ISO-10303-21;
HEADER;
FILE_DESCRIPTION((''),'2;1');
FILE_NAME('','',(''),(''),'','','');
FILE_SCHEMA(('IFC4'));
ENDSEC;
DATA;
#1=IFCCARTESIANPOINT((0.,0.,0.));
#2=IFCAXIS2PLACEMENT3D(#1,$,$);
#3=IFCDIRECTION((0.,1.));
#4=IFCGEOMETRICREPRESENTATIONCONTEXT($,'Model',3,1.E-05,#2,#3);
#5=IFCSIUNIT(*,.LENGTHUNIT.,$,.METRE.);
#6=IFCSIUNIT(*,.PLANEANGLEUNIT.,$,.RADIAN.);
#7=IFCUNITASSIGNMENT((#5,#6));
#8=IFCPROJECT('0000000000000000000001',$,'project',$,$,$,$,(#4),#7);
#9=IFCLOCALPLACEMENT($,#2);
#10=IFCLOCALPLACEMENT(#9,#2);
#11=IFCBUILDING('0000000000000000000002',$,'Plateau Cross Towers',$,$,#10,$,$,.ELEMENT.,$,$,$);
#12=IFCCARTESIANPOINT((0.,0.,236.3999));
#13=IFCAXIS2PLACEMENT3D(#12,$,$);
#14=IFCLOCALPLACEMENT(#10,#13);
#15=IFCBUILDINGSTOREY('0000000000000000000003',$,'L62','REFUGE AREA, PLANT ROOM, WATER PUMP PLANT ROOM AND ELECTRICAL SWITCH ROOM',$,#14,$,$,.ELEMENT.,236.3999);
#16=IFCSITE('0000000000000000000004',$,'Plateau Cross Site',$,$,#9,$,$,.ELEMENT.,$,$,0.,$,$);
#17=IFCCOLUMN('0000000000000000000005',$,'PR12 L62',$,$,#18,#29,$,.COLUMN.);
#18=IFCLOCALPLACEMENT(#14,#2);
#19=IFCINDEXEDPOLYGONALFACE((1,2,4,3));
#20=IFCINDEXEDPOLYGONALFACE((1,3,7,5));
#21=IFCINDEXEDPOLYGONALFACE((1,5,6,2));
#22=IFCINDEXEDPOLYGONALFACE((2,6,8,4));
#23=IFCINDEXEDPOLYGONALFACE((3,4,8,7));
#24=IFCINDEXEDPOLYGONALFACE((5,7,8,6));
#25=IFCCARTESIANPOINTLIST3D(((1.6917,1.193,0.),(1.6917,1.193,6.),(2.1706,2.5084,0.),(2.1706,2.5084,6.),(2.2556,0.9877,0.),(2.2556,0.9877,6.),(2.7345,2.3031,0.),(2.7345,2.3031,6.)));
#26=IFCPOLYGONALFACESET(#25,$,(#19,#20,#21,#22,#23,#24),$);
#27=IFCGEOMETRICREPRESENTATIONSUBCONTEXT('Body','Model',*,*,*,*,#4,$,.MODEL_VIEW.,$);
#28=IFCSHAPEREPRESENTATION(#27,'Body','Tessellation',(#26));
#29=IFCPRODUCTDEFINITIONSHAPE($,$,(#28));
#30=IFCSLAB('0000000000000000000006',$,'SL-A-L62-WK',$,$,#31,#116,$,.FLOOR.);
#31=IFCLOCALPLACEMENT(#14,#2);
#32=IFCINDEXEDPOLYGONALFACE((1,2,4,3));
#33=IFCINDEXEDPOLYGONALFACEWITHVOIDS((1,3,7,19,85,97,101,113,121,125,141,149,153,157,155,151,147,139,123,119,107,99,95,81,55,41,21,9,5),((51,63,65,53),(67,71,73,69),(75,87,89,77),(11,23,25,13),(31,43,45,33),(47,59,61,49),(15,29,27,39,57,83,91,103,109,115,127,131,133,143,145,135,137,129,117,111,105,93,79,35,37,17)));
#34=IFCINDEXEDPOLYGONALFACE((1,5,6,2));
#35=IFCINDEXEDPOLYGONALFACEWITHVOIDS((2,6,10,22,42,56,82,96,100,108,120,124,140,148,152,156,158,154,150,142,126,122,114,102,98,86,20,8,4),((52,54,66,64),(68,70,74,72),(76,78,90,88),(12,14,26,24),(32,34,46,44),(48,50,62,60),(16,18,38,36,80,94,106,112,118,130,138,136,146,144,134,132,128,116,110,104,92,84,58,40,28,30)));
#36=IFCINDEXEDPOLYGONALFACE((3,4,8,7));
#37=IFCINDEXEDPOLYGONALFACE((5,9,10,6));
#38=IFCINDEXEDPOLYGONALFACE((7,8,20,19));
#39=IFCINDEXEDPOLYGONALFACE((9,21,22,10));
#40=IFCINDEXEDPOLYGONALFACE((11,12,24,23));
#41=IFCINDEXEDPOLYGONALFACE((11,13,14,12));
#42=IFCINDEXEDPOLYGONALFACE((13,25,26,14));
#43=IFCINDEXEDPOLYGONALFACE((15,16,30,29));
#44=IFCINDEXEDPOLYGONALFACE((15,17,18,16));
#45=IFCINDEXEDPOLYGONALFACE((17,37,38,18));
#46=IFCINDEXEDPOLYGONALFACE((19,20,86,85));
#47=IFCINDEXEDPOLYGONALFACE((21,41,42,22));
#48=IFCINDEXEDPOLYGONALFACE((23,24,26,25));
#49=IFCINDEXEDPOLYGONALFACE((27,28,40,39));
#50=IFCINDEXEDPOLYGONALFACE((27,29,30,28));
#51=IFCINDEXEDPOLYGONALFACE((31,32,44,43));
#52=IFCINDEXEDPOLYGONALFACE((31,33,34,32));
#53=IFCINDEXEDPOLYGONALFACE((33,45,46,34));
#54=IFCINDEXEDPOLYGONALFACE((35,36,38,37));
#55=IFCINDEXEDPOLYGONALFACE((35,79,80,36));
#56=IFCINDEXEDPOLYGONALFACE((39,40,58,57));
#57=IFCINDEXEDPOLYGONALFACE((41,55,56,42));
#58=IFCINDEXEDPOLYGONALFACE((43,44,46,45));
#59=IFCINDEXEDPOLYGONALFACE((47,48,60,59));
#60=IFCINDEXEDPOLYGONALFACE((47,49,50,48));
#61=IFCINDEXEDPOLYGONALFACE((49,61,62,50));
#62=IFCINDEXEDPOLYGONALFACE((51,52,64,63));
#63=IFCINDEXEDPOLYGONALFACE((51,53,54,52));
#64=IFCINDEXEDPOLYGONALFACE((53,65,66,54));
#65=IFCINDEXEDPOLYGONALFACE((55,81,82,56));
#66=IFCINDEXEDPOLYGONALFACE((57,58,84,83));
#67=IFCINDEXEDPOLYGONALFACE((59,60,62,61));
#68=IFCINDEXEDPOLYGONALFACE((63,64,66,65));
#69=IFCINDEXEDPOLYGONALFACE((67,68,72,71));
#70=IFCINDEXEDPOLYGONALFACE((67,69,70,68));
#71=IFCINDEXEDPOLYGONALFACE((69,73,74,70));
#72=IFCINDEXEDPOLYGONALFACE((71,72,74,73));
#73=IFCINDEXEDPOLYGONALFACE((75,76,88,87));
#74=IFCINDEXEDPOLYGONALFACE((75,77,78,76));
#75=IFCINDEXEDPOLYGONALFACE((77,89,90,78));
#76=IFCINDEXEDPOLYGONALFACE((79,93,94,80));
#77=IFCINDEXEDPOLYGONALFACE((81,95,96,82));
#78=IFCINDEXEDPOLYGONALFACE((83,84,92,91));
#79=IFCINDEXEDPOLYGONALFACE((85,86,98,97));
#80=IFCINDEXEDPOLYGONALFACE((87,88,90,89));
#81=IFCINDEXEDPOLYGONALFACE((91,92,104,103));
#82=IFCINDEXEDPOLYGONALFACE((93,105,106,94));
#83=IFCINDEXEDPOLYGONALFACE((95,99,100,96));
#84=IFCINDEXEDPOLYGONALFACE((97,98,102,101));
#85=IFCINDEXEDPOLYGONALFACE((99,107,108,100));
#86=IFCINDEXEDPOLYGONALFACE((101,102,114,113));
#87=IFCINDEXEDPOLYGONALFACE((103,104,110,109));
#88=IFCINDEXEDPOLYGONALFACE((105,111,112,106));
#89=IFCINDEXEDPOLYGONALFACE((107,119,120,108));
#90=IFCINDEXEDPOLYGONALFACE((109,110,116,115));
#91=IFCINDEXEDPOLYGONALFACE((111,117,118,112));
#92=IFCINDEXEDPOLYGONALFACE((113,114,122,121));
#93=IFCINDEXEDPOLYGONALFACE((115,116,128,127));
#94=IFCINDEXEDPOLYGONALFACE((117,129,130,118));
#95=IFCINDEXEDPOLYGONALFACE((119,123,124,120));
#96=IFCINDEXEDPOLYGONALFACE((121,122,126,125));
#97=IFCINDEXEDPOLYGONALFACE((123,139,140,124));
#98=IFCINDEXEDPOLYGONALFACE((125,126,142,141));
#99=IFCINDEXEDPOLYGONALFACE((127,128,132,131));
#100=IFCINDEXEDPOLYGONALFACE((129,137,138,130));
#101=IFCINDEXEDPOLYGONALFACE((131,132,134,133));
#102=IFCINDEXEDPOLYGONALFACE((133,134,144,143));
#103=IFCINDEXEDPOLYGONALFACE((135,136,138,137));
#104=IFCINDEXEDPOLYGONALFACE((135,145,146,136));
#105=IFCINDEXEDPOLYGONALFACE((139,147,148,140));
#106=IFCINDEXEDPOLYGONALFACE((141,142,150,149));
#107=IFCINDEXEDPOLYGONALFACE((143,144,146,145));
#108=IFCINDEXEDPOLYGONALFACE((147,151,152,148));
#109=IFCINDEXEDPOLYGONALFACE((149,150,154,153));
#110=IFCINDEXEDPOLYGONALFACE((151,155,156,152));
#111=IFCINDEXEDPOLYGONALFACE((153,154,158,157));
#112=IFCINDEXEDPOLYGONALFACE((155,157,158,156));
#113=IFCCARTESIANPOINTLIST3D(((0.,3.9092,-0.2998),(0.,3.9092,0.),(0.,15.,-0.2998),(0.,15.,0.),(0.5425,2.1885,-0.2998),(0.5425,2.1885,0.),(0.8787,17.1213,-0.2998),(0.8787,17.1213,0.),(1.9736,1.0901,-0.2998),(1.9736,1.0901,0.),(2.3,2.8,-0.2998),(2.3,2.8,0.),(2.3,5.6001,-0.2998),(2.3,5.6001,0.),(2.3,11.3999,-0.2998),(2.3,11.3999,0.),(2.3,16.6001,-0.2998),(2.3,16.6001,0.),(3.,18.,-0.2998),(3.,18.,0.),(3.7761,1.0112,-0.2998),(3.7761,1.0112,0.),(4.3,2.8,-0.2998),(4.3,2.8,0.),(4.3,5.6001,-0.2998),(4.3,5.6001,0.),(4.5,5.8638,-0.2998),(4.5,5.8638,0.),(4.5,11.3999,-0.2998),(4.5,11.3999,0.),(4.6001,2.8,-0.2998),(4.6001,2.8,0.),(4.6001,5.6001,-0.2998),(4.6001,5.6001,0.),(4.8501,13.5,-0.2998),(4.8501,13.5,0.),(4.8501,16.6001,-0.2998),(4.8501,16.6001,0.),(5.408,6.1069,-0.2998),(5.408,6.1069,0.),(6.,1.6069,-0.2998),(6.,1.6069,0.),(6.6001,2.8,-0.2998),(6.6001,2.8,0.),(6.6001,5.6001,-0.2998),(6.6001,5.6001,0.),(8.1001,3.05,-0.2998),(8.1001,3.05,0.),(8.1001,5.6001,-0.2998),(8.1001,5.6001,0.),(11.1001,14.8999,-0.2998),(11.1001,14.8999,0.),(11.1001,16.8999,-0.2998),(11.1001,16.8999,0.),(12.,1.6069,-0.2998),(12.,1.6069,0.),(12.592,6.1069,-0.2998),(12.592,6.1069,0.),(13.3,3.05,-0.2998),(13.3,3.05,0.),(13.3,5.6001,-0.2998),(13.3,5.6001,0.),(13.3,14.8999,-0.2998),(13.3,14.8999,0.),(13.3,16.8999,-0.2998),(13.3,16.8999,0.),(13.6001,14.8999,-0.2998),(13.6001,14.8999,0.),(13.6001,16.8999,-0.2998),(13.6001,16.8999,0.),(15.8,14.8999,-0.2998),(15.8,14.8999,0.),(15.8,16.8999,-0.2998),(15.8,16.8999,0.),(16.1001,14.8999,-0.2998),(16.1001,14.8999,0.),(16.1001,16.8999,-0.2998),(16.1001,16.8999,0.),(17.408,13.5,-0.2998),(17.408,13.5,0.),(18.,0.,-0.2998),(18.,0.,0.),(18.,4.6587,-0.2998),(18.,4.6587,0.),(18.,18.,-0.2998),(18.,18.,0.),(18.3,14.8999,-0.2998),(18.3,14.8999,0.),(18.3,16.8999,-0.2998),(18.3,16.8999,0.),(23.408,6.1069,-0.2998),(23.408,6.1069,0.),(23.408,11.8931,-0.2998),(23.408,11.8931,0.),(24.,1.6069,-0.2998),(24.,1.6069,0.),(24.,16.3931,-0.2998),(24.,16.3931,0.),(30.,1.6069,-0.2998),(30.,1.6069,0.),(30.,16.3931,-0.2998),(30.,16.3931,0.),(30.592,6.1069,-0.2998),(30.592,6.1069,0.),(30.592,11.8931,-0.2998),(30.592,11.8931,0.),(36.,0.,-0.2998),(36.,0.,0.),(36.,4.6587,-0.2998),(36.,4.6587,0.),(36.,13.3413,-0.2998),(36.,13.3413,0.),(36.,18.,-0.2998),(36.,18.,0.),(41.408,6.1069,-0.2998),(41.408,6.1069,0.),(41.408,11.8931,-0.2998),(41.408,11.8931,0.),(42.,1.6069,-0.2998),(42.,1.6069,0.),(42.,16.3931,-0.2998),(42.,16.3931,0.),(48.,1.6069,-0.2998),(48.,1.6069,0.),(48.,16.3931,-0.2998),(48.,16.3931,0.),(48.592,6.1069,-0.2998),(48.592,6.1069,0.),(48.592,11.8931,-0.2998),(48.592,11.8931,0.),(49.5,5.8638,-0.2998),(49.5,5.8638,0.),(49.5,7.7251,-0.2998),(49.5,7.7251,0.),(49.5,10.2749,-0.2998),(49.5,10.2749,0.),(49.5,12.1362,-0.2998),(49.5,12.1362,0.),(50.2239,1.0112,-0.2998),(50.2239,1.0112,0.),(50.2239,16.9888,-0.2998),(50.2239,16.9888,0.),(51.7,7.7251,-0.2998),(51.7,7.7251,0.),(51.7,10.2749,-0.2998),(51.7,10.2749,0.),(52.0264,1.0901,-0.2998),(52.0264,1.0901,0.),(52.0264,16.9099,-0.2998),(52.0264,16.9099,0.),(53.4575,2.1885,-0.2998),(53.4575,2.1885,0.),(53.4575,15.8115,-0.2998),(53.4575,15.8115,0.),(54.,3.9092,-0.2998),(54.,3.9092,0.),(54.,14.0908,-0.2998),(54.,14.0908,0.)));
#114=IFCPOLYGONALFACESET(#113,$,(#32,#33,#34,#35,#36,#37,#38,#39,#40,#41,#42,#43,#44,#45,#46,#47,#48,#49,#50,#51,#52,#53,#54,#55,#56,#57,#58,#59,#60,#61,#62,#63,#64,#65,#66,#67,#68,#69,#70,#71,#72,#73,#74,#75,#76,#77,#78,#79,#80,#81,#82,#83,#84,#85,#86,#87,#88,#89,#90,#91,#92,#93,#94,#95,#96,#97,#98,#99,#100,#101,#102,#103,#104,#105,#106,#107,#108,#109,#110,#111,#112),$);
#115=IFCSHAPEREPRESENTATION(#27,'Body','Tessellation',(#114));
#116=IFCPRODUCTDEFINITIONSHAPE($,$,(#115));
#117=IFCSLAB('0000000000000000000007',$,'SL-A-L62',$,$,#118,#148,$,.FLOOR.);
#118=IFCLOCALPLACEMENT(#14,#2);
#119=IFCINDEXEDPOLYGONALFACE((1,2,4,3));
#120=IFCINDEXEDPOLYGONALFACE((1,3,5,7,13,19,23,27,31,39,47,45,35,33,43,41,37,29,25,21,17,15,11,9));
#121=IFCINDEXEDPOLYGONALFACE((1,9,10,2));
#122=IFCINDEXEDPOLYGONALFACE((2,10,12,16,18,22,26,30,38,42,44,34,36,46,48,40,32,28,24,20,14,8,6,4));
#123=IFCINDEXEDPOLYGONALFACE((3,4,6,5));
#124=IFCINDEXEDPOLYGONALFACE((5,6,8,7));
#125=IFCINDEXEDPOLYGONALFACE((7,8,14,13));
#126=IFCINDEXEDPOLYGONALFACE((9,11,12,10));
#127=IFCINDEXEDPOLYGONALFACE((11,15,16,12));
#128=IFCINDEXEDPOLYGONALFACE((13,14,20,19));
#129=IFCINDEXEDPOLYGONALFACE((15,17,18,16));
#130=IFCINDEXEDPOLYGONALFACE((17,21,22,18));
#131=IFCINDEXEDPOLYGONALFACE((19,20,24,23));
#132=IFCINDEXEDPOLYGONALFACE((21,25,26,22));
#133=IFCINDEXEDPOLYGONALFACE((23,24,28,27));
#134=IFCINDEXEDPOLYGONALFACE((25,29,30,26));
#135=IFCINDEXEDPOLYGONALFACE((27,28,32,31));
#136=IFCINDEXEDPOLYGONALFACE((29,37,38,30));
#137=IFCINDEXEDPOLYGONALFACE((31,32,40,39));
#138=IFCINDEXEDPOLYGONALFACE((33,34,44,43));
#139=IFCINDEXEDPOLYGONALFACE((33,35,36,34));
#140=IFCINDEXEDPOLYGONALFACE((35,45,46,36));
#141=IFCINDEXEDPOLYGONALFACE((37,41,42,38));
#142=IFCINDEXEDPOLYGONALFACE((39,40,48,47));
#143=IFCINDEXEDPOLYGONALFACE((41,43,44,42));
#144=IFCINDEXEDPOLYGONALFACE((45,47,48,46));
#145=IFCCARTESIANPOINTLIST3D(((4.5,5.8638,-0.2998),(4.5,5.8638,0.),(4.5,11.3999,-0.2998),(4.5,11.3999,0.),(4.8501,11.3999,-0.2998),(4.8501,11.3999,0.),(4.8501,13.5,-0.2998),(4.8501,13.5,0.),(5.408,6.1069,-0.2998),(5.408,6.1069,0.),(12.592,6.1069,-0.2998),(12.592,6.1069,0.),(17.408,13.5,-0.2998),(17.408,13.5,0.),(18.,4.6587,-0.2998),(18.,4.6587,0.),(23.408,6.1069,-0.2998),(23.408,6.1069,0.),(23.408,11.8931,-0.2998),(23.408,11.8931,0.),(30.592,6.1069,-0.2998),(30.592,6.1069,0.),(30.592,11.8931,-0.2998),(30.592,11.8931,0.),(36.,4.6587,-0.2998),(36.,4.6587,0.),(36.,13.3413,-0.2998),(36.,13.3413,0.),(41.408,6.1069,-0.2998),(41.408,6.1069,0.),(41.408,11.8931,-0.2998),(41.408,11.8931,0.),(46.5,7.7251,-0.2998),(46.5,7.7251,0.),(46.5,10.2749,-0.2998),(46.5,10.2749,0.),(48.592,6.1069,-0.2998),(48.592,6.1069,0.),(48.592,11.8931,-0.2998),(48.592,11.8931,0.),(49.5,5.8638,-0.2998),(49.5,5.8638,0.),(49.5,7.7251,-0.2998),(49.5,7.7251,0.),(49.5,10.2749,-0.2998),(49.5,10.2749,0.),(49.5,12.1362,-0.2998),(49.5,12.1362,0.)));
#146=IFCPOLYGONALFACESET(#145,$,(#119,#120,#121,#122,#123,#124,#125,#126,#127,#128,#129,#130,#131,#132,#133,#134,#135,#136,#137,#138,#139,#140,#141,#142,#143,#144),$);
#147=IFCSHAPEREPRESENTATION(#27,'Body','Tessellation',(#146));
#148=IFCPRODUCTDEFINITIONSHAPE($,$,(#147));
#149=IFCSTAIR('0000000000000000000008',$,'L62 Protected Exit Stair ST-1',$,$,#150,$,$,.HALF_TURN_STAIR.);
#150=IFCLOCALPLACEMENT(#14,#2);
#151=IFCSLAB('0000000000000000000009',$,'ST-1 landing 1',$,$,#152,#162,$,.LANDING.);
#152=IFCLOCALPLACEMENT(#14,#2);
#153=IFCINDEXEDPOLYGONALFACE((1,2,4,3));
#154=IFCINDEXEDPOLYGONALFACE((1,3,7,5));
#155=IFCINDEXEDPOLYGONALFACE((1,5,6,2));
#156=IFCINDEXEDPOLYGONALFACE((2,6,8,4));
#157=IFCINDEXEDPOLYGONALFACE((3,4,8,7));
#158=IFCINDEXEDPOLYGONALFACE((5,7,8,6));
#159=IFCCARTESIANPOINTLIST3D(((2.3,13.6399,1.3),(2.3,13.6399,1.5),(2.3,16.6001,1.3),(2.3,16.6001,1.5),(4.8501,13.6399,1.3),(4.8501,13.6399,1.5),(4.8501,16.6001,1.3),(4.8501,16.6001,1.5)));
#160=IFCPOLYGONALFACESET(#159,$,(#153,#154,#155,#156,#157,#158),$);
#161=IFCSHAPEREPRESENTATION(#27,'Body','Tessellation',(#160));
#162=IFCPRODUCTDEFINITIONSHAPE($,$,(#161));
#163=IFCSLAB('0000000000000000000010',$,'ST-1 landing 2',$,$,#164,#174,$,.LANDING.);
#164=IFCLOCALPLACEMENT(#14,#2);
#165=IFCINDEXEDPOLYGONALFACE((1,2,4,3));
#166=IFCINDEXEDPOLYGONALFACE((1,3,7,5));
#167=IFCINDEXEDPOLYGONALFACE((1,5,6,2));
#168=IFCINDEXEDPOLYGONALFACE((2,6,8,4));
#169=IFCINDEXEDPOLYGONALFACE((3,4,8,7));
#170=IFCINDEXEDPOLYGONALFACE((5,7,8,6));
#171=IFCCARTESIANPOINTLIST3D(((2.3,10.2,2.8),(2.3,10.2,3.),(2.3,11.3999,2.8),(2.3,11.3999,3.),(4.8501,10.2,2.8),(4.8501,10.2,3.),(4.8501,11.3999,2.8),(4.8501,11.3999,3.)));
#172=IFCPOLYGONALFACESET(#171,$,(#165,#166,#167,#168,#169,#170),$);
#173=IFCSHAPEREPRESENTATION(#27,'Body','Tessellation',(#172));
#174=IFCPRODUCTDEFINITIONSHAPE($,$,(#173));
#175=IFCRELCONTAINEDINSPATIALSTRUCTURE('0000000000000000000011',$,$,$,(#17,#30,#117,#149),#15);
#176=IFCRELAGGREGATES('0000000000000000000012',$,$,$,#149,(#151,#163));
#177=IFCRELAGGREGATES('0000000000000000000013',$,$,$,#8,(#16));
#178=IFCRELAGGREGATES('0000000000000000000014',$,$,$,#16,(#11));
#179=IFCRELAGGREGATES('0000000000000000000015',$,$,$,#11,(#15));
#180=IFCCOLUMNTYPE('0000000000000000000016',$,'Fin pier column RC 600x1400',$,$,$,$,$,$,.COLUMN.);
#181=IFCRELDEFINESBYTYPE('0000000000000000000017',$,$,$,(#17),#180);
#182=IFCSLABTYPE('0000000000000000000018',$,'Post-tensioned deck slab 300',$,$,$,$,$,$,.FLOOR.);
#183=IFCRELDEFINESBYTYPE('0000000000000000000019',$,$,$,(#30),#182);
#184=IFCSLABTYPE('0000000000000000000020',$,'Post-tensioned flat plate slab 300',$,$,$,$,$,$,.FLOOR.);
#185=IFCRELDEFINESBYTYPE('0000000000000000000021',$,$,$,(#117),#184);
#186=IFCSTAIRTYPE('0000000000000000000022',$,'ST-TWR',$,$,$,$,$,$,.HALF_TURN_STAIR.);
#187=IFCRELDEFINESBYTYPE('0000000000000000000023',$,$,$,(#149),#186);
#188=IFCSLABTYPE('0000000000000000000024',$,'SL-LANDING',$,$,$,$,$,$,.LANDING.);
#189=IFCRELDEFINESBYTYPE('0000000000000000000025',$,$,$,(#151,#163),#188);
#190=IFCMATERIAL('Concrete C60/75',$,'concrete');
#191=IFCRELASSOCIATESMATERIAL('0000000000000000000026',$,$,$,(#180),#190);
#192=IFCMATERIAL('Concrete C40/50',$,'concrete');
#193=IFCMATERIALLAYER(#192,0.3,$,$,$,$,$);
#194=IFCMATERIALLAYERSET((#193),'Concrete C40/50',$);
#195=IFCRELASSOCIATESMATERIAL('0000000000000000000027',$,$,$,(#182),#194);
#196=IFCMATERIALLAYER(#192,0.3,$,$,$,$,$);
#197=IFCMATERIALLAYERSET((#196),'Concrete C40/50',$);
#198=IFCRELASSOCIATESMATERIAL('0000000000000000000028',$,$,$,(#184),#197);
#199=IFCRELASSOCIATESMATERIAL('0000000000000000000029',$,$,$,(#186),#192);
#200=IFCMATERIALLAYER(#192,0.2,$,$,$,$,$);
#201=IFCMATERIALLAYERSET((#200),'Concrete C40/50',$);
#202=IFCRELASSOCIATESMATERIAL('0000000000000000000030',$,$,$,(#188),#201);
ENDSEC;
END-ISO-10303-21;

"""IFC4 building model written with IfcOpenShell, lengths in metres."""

from ifc_helpers import new_model, si_unit, direction, frame, origin, origin_2d, place, context, subcontext, project, spatial, polyline, rectangle, outline, extrude, material, layer, layer_set, material_profile, profile_set, type_object, element, aggregate, save


model = new_model("IFC4")

# Units and contexts
model_context = context("Model", 3, precision=1e-05, world=origin(), true_north=direction((0.0, 1.0)))
body_context = subcontext(model_context, "Body", "Model", "MODEL_VIEW")
ifc_project = project(units=[si_unit("LENGTHUNIT", "METRE"), si_unit("PLANEANGLEUNIT", "RADIAN")], contexts=[model_context])

# Site, building, storey
site_placement = place(None, origin())
site = spatial("IfcSite", under=ifc_project, at=site_placement, Name="Plateau Cross Site", CompositionType="ELEMENT", RefElevation=0.0)
building_placement = place(site_placement, origin())
building = spatial("IfcBuilding", under=site, at=building_placement, Name="Plateau Cross Towers", CompositionType="ELEMENT")
storey_placement = place(building_placement, frame((0.0, 0.0, 236.3999)))
storey = spatial("IfcBuildingStorey", under=building, at=storey_placement, Name="L62", Description="REFUGE AREA, PLANT ROOM, WATER PUMP PLANT ROOM AND ELECTRICAL SWITCH ROOM", CompositionType="ELEMENT", Elevation=236.3999)

# Column
ifc_material_1 = material(Name="Concrete C60/75", Category="concrete")
ifc_material_profile = material_profile(ifc_material_1, rectangle(XDim=0.6001, YDim=1.3999, at=origin_2d()), Name="RC 600x1400")
ifc_profile_set = profile_set([ifc_material_profile], Name="Concrete C60/75")
column_type = type_object("IfcColumnType", Name="Fin pier column RC 600x1400", PredefinedType="COLUMN", material=ifc_profile_set)
column_placement = place(storey_placement, frame((2.2131, 1.748, 0.0), z_axis=(0.0, 0.0, 1.0), x_axis=(-0.939664, 0.342098, 0.0)))
element("IfcColumn", 1, at=column_placement, inside=storey, type_object=column_type, Name="PR12 L62", PredefinedType="COLUMN", context=body_context, shape_type="SweptSolid", body=[
    extrude(rectangle(XDim=0.6001, YDim=1.3999, at=origin_2d()), origin(), (0.0, 0.0, 1.0), 6.0),
])

# Slabs
ifc_material_2 = material(Name="Concrete C40/50", Category="concrete")
ifc_layer_1 = layer(ifc_material_2, 0.3)
ifc_layer_set_1 = layer_set([ifc_layer_1], Name="Concrete C40/50")
slab_type_1 = type_object("IfcSlabType", Name="Post-tensioned deck slab 300", PredefinedType="FLOOR", material=ifc_layer_set_1)
slab_1_placement = place(storey_placement, frame((0.0, 0.0, -0.2998)))
element("IfcSlab", 2, at=slab_1_placement, inside=storey, type_object=slab_type_1, Name="SL-A-L62-WK", PredefinedType="FLOOR", context=body_context, shape_type="SweptSolid", body=[
    extrude(outline(polyline([(0.5425, 2.1885), (0.0, 3.9092), (0.0, 15.0), (0.8787, 17.1213), (3.0, 18.0), (18.0, 18.0), (24.0, 16.3931), (30.0, 16.3931), (36.0, 18.0), (42.0, 16.3931), (48.0, 16.3931), (50.2239, 16.9888), (52.0264, 16.9099), (53.4575, 15.8115), (54.0, 14.0908), (54.0, 3.9092), (53.4575, 2.1885), (52.0264, 1.0901), (50.2239, 1.0112), (48.0, 1.6069), (42.0, 1.6069), (36.0, 0.0), (30.0, 1.6069), (24.0, 1.6069), (18.0, 0.0), (12.0, 1.6069), (6.0, 1.6069), (3.7761, 1.0112), (1.9736, 1.0901), (0.5425, 2.1885)]), holes=[polyline([(2.3, 5.6001), (2.3, 2.8), (4.3, 2.8), (4.3, 5.6001), (2.3, 5.6001)]), polyline([(4.6001, 5.6001), (4.6001, 2.8), (6.6001, 2.8), (6.6001, 5.6001), (4.6001, 5.6001)]), polyline([(8.1001, 5.6001), (8.1001, 3.05), (13.3, 3.05), (13.3, 5.6001), (8.1001, 5.6001)]), polyline([(49.5, 10.2749), (49.5, 12.1362), (48.592, 11.8931), (41.408, 11.8931), (36.0, 13.3413), (30.592, 11.8931), (23.408, 11.8931), (17.408, 13.5), (4.8501, 13.5), (4.8501, 16.6001), (2.3, 16.6001), (2.3, 11.3999), (4.5, 11.3999), (4.5, 5.8638), (5.408, 6.1069), (12.592, 6.1069), (18.0, 4.6587), (23.408, 6.1069), (30.592, 6.1069), (36.0, 4.6587), (41.408, 6.1069), (48.592, 6.1069), (49.5, 5.8638), (49.5, 7.7251), (51.7, 7.7251), (51.7, 10.2749), (49.5, 10.2749)]), polyline([(11.1001, 16.8999), (11.1001, 14.8999), (13.3, 14.8999), (13.3, 16.8999), (11.1001, 16.8999)]), polyline([(13.6001, 16.8999), (13.6001, 14.8999), (15.8, 14.8999), (15.8, 16.8999), (13.6001, 16.8999)]), polyline([(16.1001, 16.8999), (16.1001, 14.8999), (18.3, 14.8999), (18.3, 16.8999), (16.1001, 16.8999)])]), origin(), (0.0, 0.0, 1.0), 0.2998),
])
ifc_layer_2 = layer(ifc_material_2, 0.3)
ifc_layer_set_2 = layer_set([ifc_layer_2], Name="Concrete C40/50")
slab_type_2 = type_object("IfcSlabType", Name="Post-tensioned flat plate slab 300", PredefinedType="FLOOR", material=ifc_layer_set_2)
slab_2_placement = place(storey_placement, frame((0.0, 0.0, -0.2998)))
element("IfcSlab", 3, at=slab_2_placement, inside=storey, type_object=slab_type_2, Name="SL-A-L62", PredefinedType="FLOOR", context=body_context, shape_type="SweptSolid", body=[
    extrude(outline(polyline([(46.5, 10.2749), (46.5, 7.7251), (49.5, 7.7251), (49.5, 5.8638), (48.592, 6.1069), (41.408, 6.1069), (36.0, 4.6587), (30.592, 6.1069), (23.408, 6.1069), (18.0, 4.6587), (12.592, 6.1069), (5.408, 6.1069), (4.5, 5.8638), (4.5, 11.3999), (4.8501, 11.3999), (4.8501, 13.5), (17.408, 13.5), (23.408, 11.8931), (30.592, 11.8931), (36.0, 13.3413), (41.408, 11.8931), (48.592, 11.8931), (49.5, 12.1362), (49.5, 10.2749), (46.5, 10.2749)])), origin(), (0.0, 0.0, 1.0), 0.2998),
])

# Stair, slabs
stair_type = type_object("IfcStairType", Name="ST-TWR", PredefinedType="HALF_TURN_STAIR", material=ifc_material_2)
stair_1_placement = place(storey_placement, origin())
stair_1 = element("IfcStair", 4, at=stair_1_placement, inside=storey, type_object=stair_type, Name="L62 Protected Exit Stair ST-1", PredefinedType="HALF_TURN_STAIR")
ifc_layer_3 = layer(ifc_material_2, 0.2)
ifc_layer_set_3 = layer_set([ifc_layer_3], Name="Concrete C40/50")
slab_type_3 = type_object("IfcSlabType", Name="SL-LANDING", PredefinedType="LANDING", material=ifc_layer_set_3)
slab_3_placement = place(storey_placement, frame((0.0, 0.0, 1.3)))
slab_3 = element("IfcSlab", 5, at=slab_3_placement, type_object=slab_type_3, Name="ST-1 landing 1", PredefinedType="LANDING", context=body_context, shape_type="SweptSolid", body=[
    extrude(outline(polyline([(4.8501, 13.6399), (4.8501, 16.6001), (2.3, 16.6001), (2.3, 13.6399), (4.8501, 13.6399)])), origin(), (0.0, 0.0, 1.0), 0.2),
])
slab_4_placement = place(storey_placement, frame((0.0, 0.0, 2.8)))
slab_4 = element("IfcSlab", 6, at=slab_4_placement, type_object=slab_type_3, Name="ST-1 landing 2", PredefinedType="LANDING", context=body_context, shape_type="SweptSolid", body=[
    extrude(outline(polyline([(4.8501, 10.2), (4.8501, 11.3999), (2.3, 11.3999), (2.3, 10.2), (4.8501, 10.2)])), origin(), (0.0, 0.0, 1.0), 0.2),
])
aggregate(stair_1, [slab_3, slab_4])

save(model, "model.ifc")
